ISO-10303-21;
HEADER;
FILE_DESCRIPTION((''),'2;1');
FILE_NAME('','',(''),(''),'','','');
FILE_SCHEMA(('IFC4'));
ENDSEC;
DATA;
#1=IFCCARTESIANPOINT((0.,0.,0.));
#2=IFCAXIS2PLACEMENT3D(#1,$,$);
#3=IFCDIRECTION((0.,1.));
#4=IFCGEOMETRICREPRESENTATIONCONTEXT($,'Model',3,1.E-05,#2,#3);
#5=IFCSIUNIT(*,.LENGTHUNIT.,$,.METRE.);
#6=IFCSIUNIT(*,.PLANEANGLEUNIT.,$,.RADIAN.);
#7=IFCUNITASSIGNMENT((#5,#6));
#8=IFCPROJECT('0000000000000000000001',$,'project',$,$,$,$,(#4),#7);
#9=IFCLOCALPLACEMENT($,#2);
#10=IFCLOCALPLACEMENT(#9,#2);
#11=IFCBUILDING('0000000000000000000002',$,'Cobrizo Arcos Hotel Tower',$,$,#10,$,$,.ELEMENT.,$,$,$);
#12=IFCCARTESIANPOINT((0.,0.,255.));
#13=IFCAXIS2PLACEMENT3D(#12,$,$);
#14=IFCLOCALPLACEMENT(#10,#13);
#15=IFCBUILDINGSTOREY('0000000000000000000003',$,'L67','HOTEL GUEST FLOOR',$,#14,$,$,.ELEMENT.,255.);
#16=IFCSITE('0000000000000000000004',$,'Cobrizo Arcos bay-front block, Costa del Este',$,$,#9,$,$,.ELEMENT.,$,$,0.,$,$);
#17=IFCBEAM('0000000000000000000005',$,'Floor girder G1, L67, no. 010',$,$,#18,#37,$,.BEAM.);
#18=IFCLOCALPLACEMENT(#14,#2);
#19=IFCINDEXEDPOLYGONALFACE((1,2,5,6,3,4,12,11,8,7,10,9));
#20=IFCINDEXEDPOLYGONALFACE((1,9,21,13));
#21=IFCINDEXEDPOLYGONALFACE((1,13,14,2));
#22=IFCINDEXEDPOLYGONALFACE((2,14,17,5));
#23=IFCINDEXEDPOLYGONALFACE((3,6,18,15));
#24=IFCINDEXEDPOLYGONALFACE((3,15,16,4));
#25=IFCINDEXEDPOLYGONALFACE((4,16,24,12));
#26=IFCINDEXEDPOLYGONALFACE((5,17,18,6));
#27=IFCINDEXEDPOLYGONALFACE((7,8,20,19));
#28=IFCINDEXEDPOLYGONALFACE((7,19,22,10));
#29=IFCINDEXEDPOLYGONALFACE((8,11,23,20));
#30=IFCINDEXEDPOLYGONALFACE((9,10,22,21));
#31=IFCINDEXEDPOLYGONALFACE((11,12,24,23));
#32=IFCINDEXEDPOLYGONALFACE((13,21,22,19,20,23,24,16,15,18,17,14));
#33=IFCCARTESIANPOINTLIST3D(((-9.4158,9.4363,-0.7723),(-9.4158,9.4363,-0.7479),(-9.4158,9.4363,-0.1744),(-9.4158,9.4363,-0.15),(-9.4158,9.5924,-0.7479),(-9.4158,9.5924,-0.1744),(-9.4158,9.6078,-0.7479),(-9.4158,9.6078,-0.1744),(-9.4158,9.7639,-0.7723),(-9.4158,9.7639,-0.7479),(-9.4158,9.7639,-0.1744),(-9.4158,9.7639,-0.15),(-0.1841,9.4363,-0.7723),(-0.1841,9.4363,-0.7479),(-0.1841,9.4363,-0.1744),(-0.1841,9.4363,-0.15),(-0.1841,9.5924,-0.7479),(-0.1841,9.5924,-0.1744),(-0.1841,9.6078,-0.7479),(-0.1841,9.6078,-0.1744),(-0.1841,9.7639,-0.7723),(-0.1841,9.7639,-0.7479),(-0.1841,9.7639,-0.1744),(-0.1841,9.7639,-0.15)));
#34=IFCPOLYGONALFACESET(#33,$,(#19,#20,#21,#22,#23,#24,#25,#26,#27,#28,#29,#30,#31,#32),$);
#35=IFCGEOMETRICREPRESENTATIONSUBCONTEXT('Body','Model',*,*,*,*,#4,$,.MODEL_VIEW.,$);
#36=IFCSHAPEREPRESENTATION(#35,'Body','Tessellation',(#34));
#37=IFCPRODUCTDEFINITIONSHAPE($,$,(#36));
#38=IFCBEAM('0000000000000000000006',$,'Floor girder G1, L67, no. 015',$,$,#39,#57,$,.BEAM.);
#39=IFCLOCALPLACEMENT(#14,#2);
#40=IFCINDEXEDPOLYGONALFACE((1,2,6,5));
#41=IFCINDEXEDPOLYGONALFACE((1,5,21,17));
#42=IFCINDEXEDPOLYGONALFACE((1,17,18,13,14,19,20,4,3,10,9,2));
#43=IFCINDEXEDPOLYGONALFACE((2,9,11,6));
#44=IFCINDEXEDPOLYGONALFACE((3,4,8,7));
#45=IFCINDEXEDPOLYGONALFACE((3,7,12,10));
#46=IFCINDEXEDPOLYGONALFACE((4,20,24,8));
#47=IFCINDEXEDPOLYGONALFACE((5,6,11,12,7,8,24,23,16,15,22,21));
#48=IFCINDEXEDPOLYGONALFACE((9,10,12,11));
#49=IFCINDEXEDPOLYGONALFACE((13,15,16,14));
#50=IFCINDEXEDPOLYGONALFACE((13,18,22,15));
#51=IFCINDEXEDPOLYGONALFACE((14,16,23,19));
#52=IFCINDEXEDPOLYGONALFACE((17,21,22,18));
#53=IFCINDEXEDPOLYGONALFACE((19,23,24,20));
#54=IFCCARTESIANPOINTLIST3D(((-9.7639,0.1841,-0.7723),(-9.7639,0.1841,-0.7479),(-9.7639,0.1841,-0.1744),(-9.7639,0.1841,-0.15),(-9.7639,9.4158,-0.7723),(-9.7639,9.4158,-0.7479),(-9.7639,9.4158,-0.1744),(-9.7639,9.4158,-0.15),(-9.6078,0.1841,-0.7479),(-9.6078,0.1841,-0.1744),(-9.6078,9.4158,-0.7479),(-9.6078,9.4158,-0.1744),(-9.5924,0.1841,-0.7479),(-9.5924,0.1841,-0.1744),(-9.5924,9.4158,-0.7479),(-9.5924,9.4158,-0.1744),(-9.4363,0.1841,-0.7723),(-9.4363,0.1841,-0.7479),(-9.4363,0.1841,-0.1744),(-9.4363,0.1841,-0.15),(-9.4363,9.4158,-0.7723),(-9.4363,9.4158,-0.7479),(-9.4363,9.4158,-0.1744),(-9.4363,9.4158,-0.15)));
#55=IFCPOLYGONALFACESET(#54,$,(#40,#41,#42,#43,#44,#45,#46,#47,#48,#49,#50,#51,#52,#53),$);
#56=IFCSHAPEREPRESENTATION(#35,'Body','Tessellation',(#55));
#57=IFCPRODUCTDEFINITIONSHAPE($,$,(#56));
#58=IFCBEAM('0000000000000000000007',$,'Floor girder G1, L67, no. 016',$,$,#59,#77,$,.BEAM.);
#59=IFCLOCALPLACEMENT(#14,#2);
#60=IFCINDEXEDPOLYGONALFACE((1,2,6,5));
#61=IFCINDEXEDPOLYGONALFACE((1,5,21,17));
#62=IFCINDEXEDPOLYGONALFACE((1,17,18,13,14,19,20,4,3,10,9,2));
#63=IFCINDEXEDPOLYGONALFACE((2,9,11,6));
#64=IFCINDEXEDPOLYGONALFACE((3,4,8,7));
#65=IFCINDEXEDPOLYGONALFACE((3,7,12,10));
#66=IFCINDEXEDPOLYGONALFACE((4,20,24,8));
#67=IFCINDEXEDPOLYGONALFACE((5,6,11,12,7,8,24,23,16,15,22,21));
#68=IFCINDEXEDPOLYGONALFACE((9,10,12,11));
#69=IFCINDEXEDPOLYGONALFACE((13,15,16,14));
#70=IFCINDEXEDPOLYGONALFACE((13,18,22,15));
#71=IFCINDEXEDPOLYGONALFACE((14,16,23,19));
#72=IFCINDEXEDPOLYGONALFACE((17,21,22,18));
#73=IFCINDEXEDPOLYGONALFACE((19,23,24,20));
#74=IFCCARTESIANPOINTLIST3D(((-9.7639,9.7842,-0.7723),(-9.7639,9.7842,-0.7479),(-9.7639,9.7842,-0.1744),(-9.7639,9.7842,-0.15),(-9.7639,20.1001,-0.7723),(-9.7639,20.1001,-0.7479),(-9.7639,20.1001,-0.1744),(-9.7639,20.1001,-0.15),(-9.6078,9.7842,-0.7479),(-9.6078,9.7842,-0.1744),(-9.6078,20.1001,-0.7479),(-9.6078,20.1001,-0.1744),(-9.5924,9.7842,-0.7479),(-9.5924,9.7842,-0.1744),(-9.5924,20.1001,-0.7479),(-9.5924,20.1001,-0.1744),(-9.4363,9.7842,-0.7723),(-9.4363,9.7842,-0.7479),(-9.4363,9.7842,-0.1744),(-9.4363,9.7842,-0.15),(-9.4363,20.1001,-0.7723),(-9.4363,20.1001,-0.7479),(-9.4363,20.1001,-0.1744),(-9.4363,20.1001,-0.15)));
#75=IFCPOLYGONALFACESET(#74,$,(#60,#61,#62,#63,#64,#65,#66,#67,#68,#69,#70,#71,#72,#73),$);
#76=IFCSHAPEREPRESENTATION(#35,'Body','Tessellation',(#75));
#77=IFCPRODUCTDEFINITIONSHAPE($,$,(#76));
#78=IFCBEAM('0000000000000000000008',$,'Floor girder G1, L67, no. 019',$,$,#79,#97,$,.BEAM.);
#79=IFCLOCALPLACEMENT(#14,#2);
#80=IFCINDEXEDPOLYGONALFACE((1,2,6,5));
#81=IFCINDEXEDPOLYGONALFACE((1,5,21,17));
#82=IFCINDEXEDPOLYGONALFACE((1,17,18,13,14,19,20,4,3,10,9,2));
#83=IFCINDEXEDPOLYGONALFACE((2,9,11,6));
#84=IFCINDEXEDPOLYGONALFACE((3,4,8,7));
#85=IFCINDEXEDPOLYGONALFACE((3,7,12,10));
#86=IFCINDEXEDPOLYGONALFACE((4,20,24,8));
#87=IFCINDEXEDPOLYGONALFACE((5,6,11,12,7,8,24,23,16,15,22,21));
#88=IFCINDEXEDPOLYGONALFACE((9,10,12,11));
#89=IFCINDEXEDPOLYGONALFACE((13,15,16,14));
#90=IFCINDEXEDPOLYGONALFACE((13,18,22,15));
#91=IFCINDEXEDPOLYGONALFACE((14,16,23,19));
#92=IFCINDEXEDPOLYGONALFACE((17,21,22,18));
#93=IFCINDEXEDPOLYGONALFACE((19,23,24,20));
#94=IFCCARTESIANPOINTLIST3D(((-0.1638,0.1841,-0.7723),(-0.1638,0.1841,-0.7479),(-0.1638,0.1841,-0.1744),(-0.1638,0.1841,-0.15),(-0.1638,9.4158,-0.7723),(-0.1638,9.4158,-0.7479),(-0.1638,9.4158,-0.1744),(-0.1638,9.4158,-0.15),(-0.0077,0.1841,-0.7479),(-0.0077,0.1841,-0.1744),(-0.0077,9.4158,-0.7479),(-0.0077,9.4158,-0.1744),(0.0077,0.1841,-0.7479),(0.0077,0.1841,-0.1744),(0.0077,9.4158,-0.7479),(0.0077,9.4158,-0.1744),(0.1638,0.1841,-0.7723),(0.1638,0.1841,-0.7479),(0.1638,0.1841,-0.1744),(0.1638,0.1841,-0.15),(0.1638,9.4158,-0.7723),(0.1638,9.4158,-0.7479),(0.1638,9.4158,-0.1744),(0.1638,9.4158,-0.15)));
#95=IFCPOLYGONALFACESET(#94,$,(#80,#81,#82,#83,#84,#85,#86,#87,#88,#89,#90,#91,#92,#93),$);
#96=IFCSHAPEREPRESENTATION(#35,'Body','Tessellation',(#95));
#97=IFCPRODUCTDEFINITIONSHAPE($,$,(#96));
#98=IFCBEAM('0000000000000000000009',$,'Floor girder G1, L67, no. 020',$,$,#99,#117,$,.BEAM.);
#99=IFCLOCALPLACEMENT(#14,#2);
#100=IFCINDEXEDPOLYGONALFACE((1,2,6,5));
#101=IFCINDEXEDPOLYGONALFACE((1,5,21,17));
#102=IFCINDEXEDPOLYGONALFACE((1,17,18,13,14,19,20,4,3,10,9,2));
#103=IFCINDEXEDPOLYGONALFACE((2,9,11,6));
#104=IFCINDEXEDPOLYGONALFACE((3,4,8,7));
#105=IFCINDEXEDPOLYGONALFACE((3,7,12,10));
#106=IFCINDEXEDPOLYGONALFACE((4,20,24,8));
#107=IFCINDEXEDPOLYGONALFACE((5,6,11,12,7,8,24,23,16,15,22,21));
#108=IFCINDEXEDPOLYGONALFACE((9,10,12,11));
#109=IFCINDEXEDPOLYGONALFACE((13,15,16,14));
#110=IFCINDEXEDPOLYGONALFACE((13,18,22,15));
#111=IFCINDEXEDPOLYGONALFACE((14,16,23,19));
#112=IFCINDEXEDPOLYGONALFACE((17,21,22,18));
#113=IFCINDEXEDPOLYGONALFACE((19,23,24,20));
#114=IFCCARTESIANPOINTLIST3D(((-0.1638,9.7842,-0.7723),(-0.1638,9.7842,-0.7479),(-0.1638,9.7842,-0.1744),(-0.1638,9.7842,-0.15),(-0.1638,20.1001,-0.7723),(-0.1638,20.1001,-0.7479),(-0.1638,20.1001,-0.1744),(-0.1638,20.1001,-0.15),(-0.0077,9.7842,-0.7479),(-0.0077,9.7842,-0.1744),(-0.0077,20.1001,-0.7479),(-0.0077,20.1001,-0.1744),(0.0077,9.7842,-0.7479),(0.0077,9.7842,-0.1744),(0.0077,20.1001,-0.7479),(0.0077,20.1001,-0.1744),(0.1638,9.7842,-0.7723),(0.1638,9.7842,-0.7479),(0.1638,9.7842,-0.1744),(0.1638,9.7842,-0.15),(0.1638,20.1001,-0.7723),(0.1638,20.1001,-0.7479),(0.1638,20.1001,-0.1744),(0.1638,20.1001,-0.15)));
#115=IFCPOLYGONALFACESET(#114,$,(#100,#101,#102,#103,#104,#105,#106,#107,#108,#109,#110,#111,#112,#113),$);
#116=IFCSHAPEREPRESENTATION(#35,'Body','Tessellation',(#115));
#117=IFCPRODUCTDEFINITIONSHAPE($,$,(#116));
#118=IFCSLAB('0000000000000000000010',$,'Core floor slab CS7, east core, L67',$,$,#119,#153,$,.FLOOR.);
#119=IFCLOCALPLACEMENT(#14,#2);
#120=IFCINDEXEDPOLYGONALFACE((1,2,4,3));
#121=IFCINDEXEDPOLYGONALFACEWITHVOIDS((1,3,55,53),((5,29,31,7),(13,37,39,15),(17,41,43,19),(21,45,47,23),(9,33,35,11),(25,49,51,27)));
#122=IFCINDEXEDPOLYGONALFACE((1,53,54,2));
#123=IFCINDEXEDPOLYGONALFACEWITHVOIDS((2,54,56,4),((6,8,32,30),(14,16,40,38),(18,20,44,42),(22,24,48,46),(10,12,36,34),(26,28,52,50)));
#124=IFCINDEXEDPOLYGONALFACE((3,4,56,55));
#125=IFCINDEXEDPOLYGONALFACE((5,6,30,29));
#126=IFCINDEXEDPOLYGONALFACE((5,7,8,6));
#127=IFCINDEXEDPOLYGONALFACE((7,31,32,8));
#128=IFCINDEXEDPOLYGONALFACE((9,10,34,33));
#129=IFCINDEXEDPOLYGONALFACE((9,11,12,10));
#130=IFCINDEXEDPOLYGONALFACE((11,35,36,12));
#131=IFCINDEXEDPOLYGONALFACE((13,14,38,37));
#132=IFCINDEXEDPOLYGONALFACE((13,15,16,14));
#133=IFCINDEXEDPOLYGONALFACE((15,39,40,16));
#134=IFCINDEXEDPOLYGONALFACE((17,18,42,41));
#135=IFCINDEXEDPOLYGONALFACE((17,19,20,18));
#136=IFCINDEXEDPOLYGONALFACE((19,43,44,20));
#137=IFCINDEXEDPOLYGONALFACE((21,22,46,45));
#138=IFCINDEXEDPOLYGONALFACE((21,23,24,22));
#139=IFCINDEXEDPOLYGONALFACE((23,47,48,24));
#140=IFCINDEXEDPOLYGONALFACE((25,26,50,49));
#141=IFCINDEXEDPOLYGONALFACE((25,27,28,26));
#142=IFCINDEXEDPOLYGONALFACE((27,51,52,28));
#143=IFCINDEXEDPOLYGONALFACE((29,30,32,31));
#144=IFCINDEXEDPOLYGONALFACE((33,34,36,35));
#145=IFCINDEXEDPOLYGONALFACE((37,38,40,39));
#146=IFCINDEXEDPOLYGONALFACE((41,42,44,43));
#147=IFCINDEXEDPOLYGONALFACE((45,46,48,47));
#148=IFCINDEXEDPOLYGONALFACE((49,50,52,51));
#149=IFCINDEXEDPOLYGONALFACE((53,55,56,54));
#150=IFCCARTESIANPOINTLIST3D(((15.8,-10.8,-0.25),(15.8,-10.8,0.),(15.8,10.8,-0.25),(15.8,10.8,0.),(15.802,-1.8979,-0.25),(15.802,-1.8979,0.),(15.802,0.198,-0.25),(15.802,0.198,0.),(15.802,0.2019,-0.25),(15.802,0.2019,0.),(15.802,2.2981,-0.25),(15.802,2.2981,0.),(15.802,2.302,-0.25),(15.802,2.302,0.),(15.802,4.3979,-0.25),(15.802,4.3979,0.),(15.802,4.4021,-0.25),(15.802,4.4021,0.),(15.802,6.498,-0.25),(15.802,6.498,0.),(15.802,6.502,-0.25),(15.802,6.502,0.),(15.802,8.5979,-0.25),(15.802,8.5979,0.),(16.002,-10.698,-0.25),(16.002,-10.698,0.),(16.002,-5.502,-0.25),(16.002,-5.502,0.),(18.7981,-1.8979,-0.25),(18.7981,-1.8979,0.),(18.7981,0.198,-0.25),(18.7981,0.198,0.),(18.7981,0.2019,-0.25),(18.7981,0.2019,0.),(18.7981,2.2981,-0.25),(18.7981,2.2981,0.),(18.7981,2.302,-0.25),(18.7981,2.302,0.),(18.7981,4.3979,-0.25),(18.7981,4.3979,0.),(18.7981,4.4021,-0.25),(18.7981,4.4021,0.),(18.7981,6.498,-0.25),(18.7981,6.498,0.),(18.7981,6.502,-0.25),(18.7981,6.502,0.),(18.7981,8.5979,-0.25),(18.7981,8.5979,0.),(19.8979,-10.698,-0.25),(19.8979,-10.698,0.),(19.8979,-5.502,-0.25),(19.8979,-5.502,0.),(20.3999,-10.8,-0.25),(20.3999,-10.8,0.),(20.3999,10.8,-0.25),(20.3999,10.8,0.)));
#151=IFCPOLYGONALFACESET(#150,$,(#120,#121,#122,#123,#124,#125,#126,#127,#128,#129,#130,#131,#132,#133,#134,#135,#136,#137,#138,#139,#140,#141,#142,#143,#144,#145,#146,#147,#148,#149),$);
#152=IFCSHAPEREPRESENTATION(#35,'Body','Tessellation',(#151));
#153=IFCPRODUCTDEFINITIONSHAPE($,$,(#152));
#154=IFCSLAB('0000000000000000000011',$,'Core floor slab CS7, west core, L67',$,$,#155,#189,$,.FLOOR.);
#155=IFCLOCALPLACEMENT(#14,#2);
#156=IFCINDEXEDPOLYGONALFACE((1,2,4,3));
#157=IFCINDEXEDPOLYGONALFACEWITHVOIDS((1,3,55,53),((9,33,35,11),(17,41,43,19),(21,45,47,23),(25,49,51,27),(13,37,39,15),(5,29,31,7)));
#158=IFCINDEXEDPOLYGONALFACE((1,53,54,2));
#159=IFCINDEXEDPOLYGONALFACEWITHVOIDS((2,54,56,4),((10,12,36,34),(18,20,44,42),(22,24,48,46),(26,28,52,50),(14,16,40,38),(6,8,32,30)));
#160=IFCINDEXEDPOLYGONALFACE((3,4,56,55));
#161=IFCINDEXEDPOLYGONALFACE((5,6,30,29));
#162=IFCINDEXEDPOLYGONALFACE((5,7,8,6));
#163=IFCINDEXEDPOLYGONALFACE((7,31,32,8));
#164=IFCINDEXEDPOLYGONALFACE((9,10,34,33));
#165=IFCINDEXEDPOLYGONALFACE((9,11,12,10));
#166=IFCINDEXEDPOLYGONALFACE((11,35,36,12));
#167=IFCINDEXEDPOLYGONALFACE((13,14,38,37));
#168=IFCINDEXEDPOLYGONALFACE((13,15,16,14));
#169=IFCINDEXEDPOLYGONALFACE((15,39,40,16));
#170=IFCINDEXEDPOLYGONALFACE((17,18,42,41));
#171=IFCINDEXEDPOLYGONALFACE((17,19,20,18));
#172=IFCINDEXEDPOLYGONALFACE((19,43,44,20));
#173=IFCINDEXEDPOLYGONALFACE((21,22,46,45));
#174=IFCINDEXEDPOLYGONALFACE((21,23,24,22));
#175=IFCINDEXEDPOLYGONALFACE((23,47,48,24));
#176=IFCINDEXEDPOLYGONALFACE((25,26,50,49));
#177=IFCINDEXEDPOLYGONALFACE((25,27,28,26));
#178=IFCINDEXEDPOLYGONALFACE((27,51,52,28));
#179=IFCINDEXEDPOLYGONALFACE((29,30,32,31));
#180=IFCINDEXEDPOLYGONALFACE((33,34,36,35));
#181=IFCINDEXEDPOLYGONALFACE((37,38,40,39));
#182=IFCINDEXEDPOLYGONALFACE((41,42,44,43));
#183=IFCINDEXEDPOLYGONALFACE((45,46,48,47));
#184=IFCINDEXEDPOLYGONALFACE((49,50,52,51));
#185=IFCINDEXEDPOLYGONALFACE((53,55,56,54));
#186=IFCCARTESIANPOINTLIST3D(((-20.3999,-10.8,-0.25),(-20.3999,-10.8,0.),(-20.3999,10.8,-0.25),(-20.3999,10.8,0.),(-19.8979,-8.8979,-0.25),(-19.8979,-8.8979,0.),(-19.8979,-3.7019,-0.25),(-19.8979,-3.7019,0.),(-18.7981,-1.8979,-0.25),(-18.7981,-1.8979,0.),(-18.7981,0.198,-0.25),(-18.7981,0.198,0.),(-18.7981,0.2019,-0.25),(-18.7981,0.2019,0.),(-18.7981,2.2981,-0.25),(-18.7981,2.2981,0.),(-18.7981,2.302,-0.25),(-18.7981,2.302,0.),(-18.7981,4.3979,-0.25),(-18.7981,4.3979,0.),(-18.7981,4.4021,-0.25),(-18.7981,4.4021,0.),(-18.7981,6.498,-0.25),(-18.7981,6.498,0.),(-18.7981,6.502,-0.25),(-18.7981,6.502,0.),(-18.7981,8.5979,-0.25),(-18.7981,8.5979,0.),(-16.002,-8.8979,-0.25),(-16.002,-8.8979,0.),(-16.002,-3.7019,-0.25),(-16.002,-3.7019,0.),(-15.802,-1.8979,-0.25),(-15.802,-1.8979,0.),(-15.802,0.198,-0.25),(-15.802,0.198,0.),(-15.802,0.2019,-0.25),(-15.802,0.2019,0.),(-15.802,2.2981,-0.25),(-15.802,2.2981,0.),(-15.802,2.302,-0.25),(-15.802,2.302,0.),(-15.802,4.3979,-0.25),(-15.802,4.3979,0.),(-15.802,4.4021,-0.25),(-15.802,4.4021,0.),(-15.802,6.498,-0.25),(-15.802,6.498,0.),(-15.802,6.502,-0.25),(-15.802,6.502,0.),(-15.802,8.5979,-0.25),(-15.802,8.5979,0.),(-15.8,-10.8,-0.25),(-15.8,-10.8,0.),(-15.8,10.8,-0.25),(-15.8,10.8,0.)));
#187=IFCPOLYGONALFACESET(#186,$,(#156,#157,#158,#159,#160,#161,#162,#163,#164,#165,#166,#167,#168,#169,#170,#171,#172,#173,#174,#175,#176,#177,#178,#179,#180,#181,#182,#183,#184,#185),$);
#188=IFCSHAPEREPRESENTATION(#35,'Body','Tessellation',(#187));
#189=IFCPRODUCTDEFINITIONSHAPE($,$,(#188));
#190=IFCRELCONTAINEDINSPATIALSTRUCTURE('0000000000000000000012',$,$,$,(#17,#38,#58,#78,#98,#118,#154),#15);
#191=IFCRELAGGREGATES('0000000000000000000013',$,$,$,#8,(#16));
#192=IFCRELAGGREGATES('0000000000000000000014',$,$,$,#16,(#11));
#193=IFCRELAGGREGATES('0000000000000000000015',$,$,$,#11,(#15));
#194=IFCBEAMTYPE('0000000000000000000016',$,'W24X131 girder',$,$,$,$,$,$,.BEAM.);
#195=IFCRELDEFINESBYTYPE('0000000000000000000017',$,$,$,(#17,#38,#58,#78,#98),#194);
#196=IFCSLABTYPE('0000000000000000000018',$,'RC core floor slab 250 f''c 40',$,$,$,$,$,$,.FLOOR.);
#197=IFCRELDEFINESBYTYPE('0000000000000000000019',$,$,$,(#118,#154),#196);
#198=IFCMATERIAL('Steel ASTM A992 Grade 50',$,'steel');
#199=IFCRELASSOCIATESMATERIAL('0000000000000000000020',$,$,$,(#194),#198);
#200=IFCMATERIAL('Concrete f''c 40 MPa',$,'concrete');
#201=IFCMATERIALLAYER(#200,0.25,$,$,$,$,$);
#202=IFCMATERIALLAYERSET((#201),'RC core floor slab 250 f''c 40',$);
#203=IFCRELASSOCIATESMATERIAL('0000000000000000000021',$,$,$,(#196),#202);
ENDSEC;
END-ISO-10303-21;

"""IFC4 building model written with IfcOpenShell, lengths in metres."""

from ifc_helpers import new_model, si_unit, direction, frame, origin, origin_2d, place, context, subcontext, project, spatial, polyline, i_section, outline, extrude, material, layer, layer_set, material_profile, profile_set, type_object, element, save


model = new_model("IFC4")

# Units and contexts
model_context = context("Model", 3, precision=1e-05, world=origin(), true_north=direction((0.0, 1.0)))
body_context = subcontext(model_context, "Body", "Model", "MODEL_VIEW")
ifc_project = project(units=[si_unit("LENGTHUNIT", "METRE"), si_unit("PLANEANGLEUNIT", "RADIAN")], contexts=[model_context])

# Site, building, storey
site_placement = place(None, origin())
site = spatial("IfcSite", under=ifc_project, at=site_placement, Name="Cobrizo Arcos bay-front block, Costa del Este", CompositionType="ELEMENT", RefElevation=0.0)
building_placement = place(site_placement, origin())
building = spatial("IfcBuilding", under=site, at=building_placement, Name="Cobrizo Arcos Hotel Tower", CompositionType="ELEMENT")
storey_placement = place(building_placement, frame((0.0, 0.0, 255.0)))
storey = spatial("IfcBuildingStorey", under=building, at=storey_placement, Name="L67", Description="HOTEL GUEST FLOOR", CompositionType="ELEMENT", Elevation=255.0)

# Shared definitions
ifc_material_1 = material(Name="Steel ASTM A992 Grade 50", Category="steel")

# Beams
ifc_material_profile_1 = material_profile(ifc_material_1, i_section(OverallWidth=0.3276, OverallDepth=0.6223, WebThickness=0.0154, FlangeThickness=0.0244, at=origin_2d()), Name="W24X131")
ifc_profile_set_1 = profile_set([ifc_material_profile_1], Name="Steel ASTM A992 Grade 50")
beam_type_1 = type_object("IfcBeamType", Name="W24X131 girder", PredefinedType="BEAM", material=ifc_profile_set_1)
for number, where, z_axis, x_axis, name in (
    (1, (-9.4158, 9.6001, -0.4612), (1.0, 0.0, 0.0), (0.0, 1.0, 0.0), "Floor girder G1, L67, no. 010"),
    (2, (-9.6001, 0.1841, -0.4612), (0.0, 1.0, 0.0), (-1.0, 0.0, 0.0), "Floor girder G1, L67, no. 015"),
):
    element("IfcBeam", number, at=place(storey_placement, frame(where, z_axis=z_axis, x_axis=x_axis)), inside=storey, type_object=beam_type_1, Name=name, PredefinedType="BEAM", context=body_context, shape_type="SweptSolid", body=[
        extrude(i_section(OverallWidth=0.3276, OverallDepth=0.6223, WebThickness=0.0154, FlangeThickness=0.0244, at=origin_2d()), origin(), (0.0, 0.0, 1.0), 9.2317),
    ])
beam_1_placement = place(storey_placement, frame((-9.6001, 9.7842, -0.4612), z_axis=(0.0, 1.0, 0.0), x_axis=(-1.0, 0.0, 0.0)))
element("IfcBeam", 3, at=beam_1_placement, inside=storey, type_object=beam_type_1, Name="Floor girder G1, L67, no. 016", PredefinedType="BEAM", context=body_context, shape_type="SweptSolid", body=[
    extrude(i_section(OverallWidth=0.3276, OverallDepth=0.6223, WebThickness=0.0154, FlangeThickness=0.0244, at=origin_2d()), origin(), (0.0, 0.0, 1.0), 10.3159),
])
beam_2_placement = place(storey_placement, frame((0.0, 0.1841, -0.4612), z_axis=(0.0, 1.0, 0.0), x_axis=(-1.0, 0.0, 0.0)))
element("IfcBeam", 4, at=beam_2_placement, inside=storey, type_object=beam_type_1, Name="Floor girder G1, L67, no. 019", PredefinedType="BEAM", context=body_context, shape_type="SweptSolid", body=[
    extrude(i_section(OverallWidth=0.3276, OverallDepth=0.6223, WebThickness=0.0154, FlangeThickness=0.0244, at=origin_2d()), origin(), (0.0, 0.0, 1.0), 9.2317),
])
beam_3_placement = place(storey_placement, frame((0.0, 9.7842, -0.4612), z_axis=(0.0, 1.0, 0.0), x_axis=(-1.0, 0.0, 0.0)))
element("IfcBeam", 5, at=beam_3_placement, inside=storey, type_object=beam_type_1, Name="Floor girder G1, L67, no. 020", PredefinedType="BEAM", context=body_context, shape_type="SweptSolid", body=[
    extrude(i_section(OverallWidth=0.3276, OverallDepth=0.6223, WebThickness=0.0154, FlangeThickness=0.0244, at=origin_2d()), origin(), (0.0, 0.0, 1.0), 10.3159),
])

# Slabs
ifc_material_2 = material(Name="Concrete f'c 40 MPa", Category="concrete")
ifc_layer_1 = layer(ifc_material_2, 0.25)
ifc_layer_set_1 = layer_set([ifc_layer_1], Name="RC core floor slab 250 f'c 40")
slab_type_1 = type_object("IfcSlabType", Name="RC core floor slab 250 f'c 40", PredefinedType="FLOOR", material=ifc_layer_set_1)
slab_1_placement = place(storey_placement, frame((0.0, 0.0, -0.25)))
element("IfcSlab", 6, at=slab_1_placement, inside=storey, type_object=slab_type_1, Name="Core floor slab CS7, east core, L67", PredefinedType="FLOOR", context=body_context, shape_type="SweptSolid", body=[
    extrude(outline(polyline([(15.8, 10.8), (20.3999, 10.8), (20.3999, -10.8), (15.8, -10.8), (15.8, 10.8)]), holes=[polyline([(19.8979, -10.698), (19.8979, -5.502), (16.002, -5.502), (16.002, -10.698), (19.8979, -10.698)]), polyline([(15.802, 0.198), (15.802, -1.8979), (18.7981, -1.8979), (18.7981, 0.198), (15.802, 0.198)]), polyline([(15.802, 2.2981), (15.802, 0.2019), (18.7981, 0.2019), (18.7981, 2.2981), (15.802, 2.2981)]), polyline([(15.802, 4.3979), (15.802, 2.302), (18.7981, 2.302), (18.7981, 4.3979), (15.802, 4.3979)]), polyline([(18.7981, 6.498), (15.802, 6.498), (15.802, 4.4021), (18.7981, 4.4021), (18.7981, 6.498)]), polyline([(18.7981, 8.5979), (15.802, 8.5979), (15.802, 6.502), (18.7981, 6.502), (18.7981, 8.5979)])]), origin(), (0.0, 0.0, 1.0), 0.25),
])
slab_2_placement = place(storey_placement, frame((0.0, 0.0, -0.25)))
element("IfcSlab", 7, at=slab_2_placement, inside=storey, type_object=slab_type_1, Name="Core floor slab CS7, west core, L67", PredefinedType="FLOOR", context=body_context, shape_type="SweptSolid", body=[
    extrude(outline(polyline([(-20.3999, 10.8), (-15.8, 10.8), (-15.8, -10.8), (-20.3999, -10.8), (-20.3999, 10.8)]), holes=[polyline([(-19.8979, -3.7019), (-19.8979, -8.8979), (-16.002, -8.8979), (-16.002, -3.7019), (-19.8979, -3.7019)]), polyline([(-18.7981, 0.198), (-18.7981, -1.8979), (-15.802, -1.8979), (-15.802, 0.198), (-18.7981, 0.198)]), polyline([(-18.7981, 2.2981), (-18.7981, 0.2019), (-15.802, 0.2019), (-15.802, 2.2981), (-18.7981, 2.2981)]), polyline([(-18.7981, 4.3979), (-18.7981, 2.302), (-15.802, 2.302), (-15.802, 4.3979), (-18.7981, 4.3979)]), polyline([(-15.802, 6.498), (-18.7981, 6.498), (-18.7981, 4.4021), (-15.802, 4.4021), (-15.802, 6.498)]), polyline([(-15.802, 8.5979), (-18.7981, 8.5979), (-18.7981, 6.502), (-15.802, 6.502), (-15.802, 8.5979)])]), origin(), (0.0, 0.0, 1.0), 0.25),
])

save(model, "model.ifc")
